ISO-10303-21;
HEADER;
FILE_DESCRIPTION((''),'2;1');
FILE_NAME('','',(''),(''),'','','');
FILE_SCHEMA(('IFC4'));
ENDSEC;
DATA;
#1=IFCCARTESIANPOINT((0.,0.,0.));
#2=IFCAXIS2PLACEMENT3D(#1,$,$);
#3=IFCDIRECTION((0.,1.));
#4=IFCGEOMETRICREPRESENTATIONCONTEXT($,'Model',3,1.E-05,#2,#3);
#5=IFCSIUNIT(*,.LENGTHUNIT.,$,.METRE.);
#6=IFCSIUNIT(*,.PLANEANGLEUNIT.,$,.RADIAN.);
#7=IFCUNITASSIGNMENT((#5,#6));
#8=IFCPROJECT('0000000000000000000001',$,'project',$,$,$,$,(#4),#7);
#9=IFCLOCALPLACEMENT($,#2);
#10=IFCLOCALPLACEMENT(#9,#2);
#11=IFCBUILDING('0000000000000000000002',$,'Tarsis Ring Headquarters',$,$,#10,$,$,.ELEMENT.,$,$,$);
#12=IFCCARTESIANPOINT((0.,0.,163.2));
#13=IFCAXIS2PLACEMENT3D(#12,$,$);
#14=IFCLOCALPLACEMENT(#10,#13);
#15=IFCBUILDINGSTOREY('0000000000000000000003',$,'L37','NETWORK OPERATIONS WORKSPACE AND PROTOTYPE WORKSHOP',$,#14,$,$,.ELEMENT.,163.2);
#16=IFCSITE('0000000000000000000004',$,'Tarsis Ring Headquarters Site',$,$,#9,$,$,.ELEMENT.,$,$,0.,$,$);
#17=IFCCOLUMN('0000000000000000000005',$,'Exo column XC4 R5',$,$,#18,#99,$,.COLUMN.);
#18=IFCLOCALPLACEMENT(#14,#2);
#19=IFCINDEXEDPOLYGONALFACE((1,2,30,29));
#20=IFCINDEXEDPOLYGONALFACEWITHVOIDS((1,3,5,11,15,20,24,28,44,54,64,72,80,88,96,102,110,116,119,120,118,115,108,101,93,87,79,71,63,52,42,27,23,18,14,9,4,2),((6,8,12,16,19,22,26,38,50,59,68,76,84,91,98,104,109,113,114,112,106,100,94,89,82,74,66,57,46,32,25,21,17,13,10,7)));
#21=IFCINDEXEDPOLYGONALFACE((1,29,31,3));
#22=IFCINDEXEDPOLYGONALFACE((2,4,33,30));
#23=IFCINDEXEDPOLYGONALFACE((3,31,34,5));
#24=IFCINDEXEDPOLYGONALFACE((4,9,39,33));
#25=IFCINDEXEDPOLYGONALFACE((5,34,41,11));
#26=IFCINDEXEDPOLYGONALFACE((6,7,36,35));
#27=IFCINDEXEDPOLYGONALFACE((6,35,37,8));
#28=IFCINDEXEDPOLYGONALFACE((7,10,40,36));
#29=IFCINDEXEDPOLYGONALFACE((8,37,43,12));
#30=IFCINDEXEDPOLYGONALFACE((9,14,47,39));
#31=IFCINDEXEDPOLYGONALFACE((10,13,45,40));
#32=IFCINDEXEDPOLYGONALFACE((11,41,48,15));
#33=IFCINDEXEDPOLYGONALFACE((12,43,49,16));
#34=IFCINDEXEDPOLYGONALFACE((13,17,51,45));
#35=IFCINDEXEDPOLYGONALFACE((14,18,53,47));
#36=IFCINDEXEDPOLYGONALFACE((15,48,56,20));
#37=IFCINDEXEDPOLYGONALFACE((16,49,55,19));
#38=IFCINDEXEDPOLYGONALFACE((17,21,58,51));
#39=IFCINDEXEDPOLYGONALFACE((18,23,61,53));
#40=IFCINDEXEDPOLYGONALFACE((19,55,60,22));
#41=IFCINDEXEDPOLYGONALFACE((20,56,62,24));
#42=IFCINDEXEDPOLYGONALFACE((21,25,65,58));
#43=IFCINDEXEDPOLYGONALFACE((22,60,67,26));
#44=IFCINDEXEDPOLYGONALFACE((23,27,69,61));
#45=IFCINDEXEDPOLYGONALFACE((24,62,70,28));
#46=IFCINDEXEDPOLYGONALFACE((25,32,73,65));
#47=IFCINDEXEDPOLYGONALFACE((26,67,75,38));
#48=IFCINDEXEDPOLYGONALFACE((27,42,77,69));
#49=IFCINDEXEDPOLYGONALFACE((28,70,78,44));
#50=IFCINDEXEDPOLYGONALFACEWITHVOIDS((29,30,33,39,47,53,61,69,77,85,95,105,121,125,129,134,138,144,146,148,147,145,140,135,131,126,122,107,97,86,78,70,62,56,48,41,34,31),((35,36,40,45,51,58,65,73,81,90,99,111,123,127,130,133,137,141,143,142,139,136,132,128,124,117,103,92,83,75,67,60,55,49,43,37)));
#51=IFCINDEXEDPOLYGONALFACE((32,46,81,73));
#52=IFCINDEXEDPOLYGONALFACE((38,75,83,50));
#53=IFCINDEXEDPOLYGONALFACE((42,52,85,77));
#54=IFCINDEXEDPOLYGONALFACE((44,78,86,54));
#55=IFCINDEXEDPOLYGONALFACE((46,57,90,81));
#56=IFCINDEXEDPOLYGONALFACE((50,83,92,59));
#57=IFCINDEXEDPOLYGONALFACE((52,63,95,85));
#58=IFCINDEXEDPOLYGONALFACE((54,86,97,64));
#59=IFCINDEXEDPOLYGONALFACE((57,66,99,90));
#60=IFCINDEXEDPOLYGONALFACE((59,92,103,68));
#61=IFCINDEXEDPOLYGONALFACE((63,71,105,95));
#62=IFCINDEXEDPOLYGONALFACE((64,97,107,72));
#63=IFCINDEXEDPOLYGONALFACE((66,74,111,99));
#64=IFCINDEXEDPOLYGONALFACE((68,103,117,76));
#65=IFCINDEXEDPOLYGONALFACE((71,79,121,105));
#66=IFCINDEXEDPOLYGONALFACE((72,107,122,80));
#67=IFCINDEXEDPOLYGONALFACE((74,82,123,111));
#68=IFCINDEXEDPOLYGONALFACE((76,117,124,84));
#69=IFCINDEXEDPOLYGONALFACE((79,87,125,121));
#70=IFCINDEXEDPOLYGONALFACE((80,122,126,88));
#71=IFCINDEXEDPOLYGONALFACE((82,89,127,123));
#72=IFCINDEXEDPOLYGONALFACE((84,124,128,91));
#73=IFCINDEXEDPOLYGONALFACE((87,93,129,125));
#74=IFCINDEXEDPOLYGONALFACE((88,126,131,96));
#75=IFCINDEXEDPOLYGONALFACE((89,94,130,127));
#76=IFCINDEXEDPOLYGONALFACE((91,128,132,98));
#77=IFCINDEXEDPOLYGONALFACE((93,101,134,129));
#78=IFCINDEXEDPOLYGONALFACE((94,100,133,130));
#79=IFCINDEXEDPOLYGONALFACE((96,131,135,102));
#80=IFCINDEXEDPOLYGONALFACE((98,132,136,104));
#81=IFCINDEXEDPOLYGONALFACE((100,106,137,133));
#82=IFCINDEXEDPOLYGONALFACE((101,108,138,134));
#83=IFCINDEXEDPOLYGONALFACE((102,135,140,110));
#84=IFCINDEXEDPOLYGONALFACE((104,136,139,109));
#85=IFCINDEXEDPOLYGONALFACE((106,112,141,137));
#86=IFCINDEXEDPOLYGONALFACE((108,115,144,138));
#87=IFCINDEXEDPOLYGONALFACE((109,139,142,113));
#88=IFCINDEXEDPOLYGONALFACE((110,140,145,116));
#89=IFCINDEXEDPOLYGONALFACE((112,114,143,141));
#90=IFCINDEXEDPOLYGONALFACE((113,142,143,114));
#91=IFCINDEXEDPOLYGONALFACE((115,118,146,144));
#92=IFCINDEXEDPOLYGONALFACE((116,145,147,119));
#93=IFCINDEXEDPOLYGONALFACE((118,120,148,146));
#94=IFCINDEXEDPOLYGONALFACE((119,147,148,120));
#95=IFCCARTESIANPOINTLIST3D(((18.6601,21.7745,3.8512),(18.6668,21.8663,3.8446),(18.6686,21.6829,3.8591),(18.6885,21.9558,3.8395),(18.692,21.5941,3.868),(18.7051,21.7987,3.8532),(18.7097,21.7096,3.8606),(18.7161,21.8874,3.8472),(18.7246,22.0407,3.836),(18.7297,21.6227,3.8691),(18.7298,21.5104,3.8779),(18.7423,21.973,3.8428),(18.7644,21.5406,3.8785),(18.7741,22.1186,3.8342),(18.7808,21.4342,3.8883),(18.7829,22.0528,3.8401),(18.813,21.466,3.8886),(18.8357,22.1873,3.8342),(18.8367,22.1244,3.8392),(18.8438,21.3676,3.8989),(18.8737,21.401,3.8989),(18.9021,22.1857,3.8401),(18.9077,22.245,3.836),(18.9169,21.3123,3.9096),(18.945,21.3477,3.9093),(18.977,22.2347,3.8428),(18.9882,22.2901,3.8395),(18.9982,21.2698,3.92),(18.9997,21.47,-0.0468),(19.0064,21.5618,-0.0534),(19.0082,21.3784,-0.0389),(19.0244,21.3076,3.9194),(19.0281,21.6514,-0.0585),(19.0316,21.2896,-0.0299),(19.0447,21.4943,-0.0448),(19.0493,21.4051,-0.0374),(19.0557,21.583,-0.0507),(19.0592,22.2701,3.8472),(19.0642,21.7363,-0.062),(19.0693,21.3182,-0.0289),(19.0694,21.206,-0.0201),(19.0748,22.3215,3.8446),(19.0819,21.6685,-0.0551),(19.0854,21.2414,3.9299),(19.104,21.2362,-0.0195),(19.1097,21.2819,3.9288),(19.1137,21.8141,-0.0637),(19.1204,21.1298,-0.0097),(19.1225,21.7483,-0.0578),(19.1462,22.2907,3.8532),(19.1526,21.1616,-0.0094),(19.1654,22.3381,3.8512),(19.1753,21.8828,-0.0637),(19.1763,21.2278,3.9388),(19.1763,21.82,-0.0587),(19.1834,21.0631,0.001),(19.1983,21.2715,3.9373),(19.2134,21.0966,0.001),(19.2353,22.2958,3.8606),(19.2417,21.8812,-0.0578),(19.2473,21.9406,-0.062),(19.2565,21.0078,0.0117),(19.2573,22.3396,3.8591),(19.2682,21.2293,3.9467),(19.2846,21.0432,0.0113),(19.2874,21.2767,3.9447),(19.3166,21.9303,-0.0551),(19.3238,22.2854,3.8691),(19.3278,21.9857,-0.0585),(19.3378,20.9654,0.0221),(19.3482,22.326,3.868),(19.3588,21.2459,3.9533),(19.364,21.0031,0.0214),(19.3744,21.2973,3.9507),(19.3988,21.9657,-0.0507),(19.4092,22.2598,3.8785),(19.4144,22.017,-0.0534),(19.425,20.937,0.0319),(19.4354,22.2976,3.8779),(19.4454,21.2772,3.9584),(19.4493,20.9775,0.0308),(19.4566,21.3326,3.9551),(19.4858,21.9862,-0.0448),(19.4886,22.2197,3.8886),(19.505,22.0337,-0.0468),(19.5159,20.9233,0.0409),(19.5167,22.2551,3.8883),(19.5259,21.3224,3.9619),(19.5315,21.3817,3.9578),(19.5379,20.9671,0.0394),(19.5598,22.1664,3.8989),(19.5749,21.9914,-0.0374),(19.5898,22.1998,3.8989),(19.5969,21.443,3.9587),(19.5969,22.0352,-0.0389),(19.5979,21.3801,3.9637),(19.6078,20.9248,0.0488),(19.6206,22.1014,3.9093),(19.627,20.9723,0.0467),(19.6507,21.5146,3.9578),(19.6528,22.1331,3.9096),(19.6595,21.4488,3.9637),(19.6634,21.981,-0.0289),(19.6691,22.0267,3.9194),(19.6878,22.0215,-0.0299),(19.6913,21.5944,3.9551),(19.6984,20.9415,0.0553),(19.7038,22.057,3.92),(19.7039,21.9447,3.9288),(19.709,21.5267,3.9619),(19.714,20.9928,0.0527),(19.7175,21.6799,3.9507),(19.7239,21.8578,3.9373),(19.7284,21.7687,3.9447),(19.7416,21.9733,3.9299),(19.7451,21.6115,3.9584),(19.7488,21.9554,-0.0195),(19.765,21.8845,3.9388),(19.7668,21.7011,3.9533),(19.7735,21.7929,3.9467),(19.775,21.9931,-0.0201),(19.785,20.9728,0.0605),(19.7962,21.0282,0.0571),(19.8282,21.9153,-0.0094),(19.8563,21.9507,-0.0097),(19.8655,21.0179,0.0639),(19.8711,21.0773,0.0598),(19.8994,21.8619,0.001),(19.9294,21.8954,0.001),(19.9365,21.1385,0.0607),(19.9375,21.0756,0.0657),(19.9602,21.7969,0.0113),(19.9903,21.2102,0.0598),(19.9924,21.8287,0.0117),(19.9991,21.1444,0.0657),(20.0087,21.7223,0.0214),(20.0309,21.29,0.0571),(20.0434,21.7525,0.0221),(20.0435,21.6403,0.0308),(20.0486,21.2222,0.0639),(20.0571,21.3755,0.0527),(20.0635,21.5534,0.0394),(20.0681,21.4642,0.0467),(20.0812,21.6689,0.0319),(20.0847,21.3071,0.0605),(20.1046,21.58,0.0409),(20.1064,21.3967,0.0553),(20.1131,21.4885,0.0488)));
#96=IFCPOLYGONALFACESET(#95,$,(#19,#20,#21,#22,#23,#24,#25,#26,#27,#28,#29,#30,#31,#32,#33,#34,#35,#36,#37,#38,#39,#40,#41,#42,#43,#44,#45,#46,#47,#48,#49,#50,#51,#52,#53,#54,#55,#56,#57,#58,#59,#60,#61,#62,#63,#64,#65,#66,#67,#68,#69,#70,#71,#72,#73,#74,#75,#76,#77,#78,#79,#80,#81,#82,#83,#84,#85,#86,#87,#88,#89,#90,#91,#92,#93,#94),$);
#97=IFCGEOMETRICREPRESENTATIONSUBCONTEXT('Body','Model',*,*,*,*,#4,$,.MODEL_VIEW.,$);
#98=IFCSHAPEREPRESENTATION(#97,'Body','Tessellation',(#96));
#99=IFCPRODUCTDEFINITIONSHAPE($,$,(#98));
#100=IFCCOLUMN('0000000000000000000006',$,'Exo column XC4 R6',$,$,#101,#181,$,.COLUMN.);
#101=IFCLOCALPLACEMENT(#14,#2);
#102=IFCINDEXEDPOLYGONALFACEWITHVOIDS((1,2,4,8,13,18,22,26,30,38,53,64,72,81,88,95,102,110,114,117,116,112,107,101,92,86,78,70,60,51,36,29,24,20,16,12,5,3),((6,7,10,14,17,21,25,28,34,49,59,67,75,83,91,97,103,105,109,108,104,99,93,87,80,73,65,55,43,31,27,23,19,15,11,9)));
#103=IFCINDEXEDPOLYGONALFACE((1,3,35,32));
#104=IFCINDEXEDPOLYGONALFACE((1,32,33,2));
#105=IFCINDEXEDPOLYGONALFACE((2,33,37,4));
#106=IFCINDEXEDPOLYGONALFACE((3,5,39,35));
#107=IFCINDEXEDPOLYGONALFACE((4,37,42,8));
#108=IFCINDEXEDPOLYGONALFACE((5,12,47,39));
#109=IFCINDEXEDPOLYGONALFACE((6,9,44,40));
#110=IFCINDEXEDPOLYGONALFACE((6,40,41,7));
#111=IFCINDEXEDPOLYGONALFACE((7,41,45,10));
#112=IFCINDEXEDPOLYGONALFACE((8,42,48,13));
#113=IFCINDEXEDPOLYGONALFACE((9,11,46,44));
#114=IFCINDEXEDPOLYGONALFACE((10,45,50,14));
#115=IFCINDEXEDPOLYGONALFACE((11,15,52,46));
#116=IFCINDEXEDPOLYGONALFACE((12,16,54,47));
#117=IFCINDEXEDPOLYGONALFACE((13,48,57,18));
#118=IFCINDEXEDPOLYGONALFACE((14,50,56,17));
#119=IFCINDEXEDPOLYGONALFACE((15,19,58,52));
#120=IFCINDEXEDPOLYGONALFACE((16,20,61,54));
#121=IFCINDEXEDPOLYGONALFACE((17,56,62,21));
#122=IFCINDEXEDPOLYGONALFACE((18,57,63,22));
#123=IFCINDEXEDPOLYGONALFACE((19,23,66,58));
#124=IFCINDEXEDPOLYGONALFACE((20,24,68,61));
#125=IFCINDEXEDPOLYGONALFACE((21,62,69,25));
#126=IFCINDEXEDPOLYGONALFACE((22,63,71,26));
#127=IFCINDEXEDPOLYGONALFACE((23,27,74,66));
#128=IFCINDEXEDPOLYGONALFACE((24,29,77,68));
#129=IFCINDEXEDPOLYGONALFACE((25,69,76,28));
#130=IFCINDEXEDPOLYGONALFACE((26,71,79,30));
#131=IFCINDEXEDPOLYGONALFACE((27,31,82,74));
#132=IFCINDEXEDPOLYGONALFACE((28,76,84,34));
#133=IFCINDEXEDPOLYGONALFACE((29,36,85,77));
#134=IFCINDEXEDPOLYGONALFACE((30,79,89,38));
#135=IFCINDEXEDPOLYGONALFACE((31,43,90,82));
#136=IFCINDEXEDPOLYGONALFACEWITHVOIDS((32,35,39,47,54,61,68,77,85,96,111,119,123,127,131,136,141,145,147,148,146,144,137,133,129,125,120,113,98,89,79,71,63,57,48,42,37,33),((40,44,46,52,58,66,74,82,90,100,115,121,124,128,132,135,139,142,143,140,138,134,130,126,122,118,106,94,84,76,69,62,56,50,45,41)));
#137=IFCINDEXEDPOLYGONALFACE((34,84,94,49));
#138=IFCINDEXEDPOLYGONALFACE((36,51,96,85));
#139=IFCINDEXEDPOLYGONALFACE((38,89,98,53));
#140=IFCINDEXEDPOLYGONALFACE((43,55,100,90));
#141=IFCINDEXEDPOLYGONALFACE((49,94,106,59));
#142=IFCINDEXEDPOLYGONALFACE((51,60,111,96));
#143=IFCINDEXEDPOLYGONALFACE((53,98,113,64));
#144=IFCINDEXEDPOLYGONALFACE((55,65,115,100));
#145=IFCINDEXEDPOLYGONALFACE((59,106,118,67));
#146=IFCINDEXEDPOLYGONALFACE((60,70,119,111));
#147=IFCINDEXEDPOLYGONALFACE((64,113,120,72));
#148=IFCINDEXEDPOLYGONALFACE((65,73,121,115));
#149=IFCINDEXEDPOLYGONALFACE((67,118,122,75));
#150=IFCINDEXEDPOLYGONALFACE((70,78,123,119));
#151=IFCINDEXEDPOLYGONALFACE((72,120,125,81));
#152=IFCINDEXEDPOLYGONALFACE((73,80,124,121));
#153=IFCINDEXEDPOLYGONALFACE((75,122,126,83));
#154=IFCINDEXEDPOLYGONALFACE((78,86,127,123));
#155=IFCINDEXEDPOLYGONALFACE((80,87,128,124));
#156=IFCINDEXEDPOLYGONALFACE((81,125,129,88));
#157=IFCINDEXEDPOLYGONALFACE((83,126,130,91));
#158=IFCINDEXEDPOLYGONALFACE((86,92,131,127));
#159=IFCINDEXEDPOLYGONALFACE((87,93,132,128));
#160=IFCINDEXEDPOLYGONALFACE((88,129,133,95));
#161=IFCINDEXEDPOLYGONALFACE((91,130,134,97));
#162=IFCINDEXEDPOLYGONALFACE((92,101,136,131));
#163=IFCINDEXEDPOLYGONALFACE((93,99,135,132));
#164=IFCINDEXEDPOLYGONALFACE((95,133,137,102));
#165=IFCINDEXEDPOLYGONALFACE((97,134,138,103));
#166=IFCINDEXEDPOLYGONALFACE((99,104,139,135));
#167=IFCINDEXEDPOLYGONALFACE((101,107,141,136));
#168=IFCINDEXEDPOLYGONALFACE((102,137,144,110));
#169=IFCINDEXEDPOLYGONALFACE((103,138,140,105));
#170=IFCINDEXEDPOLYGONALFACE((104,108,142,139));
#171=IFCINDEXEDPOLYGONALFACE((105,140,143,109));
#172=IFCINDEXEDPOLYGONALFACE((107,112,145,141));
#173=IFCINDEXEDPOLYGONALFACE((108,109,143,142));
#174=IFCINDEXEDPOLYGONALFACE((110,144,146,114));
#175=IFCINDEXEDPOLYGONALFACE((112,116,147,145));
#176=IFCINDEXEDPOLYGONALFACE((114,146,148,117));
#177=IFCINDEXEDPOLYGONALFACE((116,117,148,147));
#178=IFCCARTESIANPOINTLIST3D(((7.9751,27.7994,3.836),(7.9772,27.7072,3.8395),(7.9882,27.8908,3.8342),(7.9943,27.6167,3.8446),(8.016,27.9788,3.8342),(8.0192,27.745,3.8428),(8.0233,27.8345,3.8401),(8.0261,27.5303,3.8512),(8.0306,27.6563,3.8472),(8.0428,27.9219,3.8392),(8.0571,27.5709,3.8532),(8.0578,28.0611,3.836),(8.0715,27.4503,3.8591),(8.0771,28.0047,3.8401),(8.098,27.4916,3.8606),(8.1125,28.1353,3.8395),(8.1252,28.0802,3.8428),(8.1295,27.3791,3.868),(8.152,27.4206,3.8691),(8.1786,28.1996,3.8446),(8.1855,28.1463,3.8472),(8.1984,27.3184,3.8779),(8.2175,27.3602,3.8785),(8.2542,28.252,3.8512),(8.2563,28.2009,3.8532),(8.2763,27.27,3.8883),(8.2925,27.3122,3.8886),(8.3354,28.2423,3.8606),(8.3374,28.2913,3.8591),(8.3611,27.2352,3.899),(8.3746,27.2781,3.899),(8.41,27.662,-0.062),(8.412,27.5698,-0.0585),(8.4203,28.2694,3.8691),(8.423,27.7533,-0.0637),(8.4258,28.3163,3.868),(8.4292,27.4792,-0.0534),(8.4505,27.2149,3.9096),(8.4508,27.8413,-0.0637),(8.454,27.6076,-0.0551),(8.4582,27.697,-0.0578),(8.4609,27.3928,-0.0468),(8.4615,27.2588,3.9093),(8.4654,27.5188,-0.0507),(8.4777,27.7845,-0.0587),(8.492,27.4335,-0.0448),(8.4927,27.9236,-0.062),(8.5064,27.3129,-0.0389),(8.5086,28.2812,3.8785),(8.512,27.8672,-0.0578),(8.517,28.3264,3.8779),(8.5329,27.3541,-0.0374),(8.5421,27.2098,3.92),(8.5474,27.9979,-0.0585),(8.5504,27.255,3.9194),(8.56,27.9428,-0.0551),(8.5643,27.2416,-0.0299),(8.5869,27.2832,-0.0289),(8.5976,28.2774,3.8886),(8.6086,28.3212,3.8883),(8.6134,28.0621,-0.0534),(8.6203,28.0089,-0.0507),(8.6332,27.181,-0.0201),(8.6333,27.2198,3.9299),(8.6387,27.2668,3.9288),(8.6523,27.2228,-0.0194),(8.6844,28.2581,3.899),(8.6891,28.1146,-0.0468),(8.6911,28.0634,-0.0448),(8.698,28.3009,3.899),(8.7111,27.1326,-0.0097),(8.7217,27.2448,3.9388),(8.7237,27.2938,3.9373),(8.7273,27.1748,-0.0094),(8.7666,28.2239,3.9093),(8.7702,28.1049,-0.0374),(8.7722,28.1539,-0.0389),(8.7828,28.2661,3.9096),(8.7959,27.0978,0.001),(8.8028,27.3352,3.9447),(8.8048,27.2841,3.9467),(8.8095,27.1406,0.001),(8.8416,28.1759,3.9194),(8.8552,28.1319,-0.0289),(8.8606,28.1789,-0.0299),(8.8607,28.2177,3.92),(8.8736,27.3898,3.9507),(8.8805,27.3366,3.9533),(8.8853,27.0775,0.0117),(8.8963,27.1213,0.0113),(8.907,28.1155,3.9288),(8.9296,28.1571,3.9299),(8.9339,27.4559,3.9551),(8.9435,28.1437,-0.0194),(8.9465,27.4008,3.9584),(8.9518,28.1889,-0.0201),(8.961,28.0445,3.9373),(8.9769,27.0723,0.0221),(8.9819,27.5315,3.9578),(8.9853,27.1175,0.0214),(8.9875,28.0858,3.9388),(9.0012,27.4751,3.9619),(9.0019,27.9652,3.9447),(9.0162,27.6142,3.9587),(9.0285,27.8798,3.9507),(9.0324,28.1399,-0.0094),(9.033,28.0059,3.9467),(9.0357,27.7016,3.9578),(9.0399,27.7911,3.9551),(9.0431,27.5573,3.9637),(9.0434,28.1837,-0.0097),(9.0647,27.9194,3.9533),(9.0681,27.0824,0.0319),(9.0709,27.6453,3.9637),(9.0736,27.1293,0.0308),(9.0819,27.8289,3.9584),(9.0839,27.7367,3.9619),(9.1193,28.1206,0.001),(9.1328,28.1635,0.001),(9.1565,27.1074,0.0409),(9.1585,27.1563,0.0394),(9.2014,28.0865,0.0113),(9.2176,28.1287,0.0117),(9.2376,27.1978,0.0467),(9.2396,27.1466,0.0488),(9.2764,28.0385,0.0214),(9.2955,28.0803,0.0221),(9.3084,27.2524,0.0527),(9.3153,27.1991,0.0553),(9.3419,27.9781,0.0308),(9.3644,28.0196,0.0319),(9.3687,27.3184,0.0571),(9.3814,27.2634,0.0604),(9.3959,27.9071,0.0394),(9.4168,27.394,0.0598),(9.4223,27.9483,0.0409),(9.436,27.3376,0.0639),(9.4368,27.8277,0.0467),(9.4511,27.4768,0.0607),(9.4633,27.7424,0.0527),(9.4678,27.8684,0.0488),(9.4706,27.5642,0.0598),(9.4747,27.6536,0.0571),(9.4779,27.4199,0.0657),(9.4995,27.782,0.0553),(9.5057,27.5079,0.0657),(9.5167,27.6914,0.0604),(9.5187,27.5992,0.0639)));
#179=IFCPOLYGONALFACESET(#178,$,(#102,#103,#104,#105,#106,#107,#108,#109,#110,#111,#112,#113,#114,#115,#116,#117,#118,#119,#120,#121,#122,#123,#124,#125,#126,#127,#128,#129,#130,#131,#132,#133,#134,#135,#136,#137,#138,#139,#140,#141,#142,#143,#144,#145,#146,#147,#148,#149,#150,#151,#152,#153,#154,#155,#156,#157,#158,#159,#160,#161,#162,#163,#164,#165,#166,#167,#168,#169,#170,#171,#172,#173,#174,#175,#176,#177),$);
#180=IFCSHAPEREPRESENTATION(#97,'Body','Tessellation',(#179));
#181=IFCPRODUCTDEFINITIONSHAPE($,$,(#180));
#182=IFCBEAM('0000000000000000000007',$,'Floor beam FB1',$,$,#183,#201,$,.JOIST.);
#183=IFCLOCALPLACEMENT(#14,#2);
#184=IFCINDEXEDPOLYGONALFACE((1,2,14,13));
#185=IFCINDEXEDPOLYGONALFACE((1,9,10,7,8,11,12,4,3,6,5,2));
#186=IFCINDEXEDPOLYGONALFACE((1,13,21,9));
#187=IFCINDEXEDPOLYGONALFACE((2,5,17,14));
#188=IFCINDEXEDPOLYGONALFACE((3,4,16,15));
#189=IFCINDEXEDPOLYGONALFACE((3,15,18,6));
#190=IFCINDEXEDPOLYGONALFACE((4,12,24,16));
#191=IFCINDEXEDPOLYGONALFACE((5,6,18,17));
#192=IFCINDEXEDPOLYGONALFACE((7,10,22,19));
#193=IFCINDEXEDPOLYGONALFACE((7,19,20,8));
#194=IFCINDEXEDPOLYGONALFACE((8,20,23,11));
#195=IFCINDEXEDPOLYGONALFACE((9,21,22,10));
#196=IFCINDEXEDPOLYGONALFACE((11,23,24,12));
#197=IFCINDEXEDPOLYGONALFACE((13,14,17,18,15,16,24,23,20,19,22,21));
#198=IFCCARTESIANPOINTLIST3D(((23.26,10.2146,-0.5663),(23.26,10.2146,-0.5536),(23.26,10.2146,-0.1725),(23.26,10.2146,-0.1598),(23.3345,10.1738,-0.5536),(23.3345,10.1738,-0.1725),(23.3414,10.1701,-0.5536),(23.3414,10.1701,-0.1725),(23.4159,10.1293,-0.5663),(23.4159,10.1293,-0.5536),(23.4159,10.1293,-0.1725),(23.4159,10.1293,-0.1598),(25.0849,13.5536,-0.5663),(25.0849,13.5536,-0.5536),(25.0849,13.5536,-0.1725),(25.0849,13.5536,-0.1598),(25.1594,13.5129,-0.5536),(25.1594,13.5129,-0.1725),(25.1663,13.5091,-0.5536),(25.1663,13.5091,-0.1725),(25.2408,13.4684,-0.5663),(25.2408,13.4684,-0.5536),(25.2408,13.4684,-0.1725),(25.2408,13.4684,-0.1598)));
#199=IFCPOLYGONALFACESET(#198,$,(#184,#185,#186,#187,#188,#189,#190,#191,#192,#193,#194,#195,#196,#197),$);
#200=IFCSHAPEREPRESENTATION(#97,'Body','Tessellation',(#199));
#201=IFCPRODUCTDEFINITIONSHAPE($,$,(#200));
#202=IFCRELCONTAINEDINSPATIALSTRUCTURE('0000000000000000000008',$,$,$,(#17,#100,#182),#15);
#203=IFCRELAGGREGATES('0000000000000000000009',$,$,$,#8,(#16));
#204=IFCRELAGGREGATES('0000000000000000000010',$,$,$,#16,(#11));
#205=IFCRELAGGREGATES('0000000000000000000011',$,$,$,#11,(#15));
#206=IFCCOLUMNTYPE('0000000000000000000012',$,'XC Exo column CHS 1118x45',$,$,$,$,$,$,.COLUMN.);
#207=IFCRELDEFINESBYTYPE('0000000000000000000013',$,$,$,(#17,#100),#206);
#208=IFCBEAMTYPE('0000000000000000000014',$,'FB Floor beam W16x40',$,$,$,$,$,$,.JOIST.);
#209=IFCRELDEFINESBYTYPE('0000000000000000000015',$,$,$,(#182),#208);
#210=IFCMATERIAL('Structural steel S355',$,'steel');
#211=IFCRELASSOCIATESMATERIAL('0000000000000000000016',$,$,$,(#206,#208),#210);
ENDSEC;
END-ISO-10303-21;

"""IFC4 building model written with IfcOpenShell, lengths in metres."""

from ifc_helpers import new_model, si_unit, direction, frame, origin, origin_2d, place, context, subcontext, project, spatial, hollow_circle, i_section, extrude, material, material_profile, profile_set, type_object, element, save


model = new_model("IFC4")

# Units and contexts
model_context = context("Model", 3, precision=1e-05, world=origin(), true_north=direction((0.0, 1.0)))
body_context = subcontext(model_context, "Body", "Model", "MODEL_VIEW")
ifc_project = project(units=[si_unit("LENGTHUNIT", "METRE"), si_unit("PLANEANGLEUNIT", "RADIAN")], contexts=[model_context])

# Site, building, storey
site_placement = place(None, origin())
site = spatial("IfcSite", under=ifc_project, at=site_placement, Name="Tarsis Ring Headquarters Site", CompositionType="ELEMENT", RefElevation=0.0)
building_placement = place(site_placement, origin())
building = spatial("IfcBuilding", under=site, at=building_placement, Name="Tarsis Ring Headquarters", CompositionType="ELEMENT")
storey_placement = place(building_placement, frame((0.0, 0.0, 163.2)))
storey = spatial("IfcBuildingStorey", under=building, at=storey_placement, Name="L37", Description="NETWORK OPERATIONS WORKSPACE AND PROTOTYPE WORKSHOP", CompositionType="ELEMENT", Elevation=163.2)

# Columns
ifc_material_1 = material(Name="Structural steel S355", Category="steel")
ifc_material_profile_1 = material_profile(ifc_material_1, hollow_circle(Radius=0.5588, WallThickness=0.0449, at=origin_2d()), Name="CHS 1118x45")
ifc_profile_set_1 = profile_set([ifc_material_profile_1], Name="Structural steel S355")
column_type = type_object("IfcColumnType", Name="XC Exo column CHS 1118x45", PredefinedType="COLUMN", material=ifc_profile_set_1)
for number, where, z_axis, x_axis, name in (
    (1, (19.5564, 21.4792, 0.001), (-0.086532, 0.077574, 0.993224), (-0.667514, -0.744597, 0.0), "Exo column XC4 R5"),
    (2, (8.9644, 27.6306, 0.001), (-0.110794, 0.035024, 0.993226), (-0.301413, -0.953494, 0.0), "Exo column XC4 R6"),
):
    element("IfcColumn", number, at=place(storey_placement, frame(where, z_axis=z_axis, x_axis=x_axis)), inside=storey, type_object=column_type, Name=name, PredefinedType="COLUMN", context=body_context, shape_type="SweptSolid", body=[
        extrude(hollow_circle(Radius=0.5588, WallThickness=0.0449, at=origin_2d()), origin(), (0.0, 0.0, 1.0), 3.9246),
    ])

# Beam
ifc_material_profile_2 = material_profile(ifc_material_1, i_section(OverallWidth=0.1777, OverallDepth=0.4065, WebThickness=0.0078, FlangeThickness=0.0127, at=origin_2d()), Name="W16x40")
ifc_profile_set_2 = profile_set([ifc_material_profile_2], Name="Structural steel S355")
beam_type_1 = type_object("IfcBeamType", Name="FB Floor beam W16x40", PredefinedType="JOIST", material=ifc_profile_set_2)
beam_1_placement = place(storey_placement, frame((25.1628, 13.511, -0.363), z_axis=(-0.479585, -0.877496, 0.0), x_axis=(0.877496, -0.479585, 0.0)))
element("IfcBeam", 3, at=beam_1_placement, inside=storey, type_object=beam_type_1, Name="Floor beam FB1", PredefinedType="JOIST", context=body_context, shape_type="SweptSolid", body=[
    extrude(i_section(OverallWidth=0.1777, OverallDepth=0.4065, WebThickness=0.0078, FlangeThickness=0.0127, at=origin_2d()), origin(), (0.0, 0.0, 1.0), 3.8052),
])

save(model, "model.ifc")
